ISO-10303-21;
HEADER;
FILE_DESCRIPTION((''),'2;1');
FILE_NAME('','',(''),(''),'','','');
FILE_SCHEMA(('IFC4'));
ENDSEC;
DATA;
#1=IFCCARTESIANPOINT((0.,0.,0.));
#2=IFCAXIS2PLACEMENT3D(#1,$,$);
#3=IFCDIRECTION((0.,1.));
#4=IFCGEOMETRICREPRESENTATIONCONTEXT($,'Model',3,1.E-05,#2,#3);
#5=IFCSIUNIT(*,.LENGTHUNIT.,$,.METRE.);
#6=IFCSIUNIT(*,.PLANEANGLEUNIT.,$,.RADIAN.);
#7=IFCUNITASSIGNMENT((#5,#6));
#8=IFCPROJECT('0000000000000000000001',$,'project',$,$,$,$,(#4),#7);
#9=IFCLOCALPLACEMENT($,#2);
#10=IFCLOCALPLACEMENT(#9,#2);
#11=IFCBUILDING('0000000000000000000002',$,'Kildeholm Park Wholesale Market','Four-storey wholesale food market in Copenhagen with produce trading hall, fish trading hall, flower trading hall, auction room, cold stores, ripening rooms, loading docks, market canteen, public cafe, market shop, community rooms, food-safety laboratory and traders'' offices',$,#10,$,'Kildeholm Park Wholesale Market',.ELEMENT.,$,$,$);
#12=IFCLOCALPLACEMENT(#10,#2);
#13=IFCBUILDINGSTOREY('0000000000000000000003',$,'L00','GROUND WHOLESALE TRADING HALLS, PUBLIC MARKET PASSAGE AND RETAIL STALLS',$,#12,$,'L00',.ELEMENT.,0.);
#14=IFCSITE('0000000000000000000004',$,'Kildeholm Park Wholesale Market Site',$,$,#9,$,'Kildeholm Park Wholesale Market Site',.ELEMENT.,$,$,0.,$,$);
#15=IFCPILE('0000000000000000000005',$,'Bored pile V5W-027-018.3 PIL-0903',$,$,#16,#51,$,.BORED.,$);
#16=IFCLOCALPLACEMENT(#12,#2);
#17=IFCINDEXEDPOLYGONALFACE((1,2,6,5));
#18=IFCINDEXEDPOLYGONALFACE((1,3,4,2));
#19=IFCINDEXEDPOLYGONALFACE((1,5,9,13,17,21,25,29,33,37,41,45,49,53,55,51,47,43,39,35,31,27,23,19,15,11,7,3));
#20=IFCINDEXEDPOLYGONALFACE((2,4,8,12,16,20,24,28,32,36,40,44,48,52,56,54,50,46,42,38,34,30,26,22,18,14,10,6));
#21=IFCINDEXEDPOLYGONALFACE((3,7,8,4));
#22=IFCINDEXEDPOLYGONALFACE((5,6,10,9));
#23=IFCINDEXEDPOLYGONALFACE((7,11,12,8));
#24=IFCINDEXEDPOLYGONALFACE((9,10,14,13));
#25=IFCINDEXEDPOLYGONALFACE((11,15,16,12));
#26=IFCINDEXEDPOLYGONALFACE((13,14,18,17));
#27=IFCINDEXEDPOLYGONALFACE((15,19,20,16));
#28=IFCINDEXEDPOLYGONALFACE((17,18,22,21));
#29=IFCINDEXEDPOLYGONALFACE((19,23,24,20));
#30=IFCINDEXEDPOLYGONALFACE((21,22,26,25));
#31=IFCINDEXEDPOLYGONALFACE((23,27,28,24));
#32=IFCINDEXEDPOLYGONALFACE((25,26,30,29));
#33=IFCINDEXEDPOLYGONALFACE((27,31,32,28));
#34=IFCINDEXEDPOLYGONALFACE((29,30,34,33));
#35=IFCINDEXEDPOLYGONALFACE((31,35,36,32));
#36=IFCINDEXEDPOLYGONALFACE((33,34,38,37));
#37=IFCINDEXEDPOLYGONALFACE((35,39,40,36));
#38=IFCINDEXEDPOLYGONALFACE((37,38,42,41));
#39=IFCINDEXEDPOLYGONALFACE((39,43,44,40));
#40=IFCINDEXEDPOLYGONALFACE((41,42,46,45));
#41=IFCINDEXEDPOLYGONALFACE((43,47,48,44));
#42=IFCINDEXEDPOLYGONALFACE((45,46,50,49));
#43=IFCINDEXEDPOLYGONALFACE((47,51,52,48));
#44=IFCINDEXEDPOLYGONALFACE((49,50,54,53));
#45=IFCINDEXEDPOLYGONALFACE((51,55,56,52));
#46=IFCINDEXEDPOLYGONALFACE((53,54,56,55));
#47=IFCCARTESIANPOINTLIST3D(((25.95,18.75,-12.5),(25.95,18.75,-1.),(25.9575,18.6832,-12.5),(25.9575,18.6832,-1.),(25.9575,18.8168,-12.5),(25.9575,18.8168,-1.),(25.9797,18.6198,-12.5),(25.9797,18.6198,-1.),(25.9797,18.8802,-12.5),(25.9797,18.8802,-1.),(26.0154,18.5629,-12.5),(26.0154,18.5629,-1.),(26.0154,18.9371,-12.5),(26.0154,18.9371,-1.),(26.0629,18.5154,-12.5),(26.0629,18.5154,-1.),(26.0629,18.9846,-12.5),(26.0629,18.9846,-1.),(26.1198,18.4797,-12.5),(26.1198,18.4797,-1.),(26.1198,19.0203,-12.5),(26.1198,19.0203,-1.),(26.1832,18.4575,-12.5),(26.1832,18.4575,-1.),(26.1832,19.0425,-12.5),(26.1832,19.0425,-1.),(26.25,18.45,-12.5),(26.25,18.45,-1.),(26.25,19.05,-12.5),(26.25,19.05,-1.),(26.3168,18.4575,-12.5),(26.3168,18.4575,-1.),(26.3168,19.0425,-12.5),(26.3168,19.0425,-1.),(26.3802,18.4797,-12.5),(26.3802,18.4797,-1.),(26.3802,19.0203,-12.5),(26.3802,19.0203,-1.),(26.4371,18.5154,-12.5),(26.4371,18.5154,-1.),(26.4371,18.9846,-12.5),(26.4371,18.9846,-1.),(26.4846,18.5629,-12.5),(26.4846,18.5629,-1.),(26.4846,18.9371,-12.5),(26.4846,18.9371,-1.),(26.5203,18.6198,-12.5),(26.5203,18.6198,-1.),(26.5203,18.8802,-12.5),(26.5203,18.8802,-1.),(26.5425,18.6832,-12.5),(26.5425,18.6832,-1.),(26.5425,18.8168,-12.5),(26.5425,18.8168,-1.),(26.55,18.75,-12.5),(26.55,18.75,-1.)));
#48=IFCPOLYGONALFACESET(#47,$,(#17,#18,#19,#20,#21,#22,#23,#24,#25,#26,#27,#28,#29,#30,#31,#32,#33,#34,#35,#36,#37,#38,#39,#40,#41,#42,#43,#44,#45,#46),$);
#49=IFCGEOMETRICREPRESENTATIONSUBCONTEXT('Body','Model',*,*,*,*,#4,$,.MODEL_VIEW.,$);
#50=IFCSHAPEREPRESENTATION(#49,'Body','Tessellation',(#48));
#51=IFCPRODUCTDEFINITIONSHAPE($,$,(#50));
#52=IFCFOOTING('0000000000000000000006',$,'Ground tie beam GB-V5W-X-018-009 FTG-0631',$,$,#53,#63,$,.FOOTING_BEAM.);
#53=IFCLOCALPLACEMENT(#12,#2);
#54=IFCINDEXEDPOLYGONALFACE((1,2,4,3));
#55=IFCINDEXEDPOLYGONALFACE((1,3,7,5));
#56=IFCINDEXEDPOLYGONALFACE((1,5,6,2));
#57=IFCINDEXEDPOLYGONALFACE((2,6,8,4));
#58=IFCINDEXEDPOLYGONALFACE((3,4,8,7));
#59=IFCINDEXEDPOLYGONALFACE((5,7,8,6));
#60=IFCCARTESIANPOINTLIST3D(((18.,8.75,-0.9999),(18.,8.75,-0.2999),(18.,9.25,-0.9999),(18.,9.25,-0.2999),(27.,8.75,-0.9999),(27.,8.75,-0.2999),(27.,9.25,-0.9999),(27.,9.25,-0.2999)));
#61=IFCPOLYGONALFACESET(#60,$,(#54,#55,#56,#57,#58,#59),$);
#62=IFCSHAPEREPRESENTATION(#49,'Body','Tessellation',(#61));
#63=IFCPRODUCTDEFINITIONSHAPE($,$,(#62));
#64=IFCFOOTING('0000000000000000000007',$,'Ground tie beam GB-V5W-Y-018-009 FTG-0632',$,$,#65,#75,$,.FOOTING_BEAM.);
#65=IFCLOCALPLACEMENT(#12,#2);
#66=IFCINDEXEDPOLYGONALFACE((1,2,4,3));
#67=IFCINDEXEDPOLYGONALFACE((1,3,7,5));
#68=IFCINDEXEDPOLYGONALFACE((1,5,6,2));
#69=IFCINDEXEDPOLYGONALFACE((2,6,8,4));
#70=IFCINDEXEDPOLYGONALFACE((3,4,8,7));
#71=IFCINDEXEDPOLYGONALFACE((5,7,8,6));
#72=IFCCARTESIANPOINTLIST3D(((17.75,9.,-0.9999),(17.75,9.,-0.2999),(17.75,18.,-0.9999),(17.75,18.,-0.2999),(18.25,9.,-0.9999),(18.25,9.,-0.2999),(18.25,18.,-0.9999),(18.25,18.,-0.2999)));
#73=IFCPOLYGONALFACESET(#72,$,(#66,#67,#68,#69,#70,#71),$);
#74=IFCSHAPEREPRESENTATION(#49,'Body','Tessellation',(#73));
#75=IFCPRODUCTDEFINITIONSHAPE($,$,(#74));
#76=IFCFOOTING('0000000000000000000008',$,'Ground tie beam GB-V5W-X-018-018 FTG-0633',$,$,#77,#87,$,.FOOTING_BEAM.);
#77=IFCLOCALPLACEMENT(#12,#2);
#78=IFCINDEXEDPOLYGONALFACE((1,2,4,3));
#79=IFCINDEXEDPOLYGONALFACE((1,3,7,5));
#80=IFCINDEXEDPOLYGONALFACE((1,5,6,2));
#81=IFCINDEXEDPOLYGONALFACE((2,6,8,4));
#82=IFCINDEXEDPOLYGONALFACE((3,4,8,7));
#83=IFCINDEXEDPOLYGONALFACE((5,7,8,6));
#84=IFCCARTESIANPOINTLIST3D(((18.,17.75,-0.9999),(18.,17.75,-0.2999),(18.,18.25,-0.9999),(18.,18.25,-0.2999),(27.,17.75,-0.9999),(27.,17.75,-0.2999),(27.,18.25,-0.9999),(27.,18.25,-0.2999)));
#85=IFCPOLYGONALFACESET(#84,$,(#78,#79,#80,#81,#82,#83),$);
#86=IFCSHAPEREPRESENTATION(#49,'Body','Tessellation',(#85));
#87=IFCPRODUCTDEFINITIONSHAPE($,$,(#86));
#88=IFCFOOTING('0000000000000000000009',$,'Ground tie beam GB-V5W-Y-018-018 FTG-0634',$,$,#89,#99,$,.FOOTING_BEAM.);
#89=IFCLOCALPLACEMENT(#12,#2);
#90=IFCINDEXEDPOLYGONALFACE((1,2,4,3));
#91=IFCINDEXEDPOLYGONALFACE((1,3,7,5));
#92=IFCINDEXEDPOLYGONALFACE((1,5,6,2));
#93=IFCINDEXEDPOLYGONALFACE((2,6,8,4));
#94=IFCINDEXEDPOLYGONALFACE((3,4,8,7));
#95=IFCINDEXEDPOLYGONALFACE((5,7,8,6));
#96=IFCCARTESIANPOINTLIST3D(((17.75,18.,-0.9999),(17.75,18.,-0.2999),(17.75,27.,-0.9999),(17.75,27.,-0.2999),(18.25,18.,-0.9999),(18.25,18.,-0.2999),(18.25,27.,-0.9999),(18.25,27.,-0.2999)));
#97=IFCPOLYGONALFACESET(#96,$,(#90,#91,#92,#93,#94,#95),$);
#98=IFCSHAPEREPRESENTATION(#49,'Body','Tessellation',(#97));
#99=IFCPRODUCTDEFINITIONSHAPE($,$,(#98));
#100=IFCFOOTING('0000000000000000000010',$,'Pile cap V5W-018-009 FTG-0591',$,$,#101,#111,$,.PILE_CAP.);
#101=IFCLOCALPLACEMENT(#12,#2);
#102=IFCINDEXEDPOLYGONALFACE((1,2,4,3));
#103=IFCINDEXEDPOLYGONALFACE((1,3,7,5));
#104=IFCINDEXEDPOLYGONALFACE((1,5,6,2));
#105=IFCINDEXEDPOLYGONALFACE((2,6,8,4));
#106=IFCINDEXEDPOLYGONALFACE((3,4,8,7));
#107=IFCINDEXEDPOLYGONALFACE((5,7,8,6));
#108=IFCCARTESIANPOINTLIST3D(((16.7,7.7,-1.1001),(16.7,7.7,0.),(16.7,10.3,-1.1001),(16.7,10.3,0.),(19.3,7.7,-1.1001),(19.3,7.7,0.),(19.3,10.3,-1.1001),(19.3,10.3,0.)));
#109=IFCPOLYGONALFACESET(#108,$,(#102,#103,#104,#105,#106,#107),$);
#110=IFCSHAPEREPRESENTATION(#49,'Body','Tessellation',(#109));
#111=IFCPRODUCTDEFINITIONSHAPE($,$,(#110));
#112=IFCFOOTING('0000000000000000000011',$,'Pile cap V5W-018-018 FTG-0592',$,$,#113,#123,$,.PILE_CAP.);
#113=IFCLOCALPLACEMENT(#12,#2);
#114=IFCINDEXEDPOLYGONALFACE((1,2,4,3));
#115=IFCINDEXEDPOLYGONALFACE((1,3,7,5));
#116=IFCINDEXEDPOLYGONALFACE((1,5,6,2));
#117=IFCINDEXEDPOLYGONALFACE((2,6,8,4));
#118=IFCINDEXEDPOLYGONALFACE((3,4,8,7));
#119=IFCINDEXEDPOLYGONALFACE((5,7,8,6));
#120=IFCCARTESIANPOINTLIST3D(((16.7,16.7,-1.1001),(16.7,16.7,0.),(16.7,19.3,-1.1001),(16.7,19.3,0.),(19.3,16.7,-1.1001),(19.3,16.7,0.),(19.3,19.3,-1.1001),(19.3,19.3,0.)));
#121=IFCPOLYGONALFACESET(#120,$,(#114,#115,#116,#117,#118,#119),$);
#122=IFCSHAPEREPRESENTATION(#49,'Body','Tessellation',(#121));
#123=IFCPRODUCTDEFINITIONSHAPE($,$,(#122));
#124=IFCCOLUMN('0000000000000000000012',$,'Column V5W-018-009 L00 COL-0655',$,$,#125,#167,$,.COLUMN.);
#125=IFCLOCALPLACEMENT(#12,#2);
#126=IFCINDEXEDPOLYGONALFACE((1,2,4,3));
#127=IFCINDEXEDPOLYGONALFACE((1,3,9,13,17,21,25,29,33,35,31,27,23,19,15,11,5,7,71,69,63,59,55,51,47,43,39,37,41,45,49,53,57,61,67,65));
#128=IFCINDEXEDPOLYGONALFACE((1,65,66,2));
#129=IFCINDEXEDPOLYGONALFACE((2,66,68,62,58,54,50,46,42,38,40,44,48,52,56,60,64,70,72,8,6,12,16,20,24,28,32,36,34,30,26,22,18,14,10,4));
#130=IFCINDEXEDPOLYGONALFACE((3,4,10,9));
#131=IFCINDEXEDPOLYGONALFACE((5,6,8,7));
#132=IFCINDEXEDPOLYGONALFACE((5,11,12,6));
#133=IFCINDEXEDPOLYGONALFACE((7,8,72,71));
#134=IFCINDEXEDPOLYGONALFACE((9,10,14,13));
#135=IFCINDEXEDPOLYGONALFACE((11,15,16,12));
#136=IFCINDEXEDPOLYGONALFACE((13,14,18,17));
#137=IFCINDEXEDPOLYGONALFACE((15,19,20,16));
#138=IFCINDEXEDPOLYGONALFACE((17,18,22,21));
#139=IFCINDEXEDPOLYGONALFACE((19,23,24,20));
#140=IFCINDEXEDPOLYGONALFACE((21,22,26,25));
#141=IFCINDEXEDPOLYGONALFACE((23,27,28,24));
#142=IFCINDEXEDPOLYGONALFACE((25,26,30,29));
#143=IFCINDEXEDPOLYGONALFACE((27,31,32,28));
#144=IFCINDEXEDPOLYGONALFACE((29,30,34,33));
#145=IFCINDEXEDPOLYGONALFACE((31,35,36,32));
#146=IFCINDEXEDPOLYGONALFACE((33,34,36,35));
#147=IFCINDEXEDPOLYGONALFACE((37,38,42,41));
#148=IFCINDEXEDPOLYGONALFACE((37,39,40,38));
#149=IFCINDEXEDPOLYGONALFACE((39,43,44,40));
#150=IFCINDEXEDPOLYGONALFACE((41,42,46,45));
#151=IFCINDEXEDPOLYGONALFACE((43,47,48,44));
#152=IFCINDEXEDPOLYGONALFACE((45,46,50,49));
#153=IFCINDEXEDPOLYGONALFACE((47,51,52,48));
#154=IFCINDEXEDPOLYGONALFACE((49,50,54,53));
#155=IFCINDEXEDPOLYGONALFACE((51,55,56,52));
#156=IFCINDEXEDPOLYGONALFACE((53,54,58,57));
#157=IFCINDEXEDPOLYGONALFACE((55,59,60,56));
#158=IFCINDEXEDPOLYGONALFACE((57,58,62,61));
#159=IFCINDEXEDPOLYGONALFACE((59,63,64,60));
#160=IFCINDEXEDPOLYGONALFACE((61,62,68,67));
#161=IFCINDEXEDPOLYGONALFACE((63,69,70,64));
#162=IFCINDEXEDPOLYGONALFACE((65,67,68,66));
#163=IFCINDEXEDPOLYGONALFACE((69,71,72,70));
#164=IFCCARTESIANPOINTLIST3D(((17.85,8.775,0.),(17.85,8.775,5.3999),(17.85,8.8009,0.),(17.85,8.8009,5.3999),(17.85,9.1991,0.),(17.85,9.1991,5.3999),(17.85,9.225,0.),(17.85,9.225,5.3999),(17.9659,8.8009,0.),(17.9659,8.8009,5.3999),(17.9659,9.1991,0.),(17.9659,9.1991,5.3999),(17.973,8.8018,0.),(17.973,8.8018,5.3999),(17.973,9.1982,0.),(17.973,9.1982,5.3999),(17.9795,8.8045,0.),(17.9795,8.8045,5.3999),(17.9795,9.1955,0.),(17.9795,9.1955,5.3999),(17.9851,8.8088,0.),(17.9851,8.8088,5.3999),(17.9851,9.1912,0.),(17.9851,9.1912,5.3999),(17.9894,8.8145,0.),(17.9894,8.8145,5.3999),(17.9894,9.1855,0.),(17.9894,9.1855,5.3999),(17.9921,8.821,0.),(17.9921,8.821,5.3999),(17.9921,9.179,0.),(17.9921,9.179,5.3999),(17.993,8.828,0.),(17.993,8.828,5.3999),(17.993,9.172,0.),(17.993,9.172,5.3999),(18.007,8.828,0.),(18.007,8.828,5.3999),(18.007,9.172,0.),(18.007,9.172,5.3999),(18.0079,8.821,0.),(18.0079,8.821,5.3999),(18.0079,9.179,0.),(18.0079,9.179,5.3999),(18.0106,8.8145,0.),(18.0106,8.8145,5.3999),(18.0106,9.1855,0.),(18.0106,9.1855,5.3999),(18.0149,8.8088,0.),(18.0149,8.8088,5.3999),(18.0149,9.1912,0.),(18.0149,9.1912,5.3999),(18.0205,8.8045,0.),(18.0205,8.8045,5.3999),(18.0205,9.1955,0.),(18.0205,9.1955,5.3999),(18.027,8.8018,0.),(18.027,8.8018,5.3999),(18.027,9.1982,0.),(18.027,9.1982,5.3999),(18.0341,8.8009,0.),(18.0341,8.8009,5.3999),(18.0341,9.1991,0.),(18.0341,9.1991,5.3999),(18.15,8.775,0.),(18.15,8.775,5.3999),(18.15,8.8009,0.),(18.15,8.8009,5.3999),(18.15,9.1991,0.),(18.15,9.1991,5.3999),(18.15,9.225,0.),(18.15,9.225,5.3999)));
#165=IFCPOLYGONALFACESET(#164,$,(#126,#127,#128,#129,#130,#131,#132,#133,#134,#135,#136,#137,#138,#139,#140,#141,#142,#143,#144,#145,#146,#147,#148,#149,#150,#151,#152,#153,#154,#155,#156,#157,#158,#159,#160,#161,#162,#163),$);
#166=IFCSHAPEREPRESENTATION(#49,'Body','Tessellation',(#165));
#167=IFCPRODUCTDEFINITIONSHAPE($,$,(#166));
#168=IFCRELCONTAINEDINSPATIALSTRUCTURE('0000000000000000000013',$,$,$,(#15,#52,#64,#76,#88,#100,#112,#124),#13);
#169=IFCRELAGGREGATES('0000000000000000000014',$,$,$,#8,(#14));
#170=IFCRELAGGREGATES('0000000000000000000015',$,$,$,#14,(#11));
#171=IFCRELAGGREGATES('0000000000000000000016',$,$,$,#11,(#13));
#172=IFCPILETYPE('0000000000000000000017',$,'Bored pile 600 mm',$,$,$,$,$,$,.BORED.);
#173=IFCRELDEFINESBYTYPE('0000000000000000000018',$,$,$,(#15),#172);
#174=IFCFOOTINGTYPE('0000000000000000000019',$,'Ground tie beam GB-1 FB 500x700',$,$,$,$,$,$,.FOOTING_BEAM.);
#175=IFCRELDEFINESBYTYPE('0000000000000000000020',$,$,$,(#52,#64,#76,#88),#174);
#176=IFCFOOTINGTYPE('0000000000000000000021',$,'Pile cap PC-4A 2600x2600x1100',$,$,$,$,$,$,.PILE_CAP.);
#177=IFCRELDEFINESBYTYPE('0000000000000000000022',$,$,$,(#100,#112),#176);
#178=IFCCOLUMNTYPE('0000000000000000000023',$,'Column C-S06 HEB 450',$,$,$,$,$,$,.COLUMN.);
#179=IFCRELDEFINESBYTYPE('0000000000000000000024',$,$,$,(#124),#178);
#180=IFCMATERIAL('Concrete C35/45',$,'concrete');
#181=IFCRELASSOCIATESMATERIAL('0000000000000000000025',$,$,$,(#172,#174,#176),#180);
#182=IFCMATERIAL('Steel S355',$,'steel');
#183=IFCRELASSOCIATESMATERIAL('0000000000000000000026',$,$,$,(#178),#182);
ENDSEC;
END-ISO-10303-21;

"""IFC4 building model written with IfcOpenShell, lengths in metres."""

from ifc_helpers import new_model, si_unit, direction, frame, origin, origin_2d, place, context, subcontext, project, spatial, rectangle, circle, i_section, extrude, material, material_profile, profile_set, type_object, element, save


model = new_model("IFC4")

# Units and contexts
model_context = context("Model", 3, precision=1e-05, world=origin(), true_north=direction((0.0, 1.0)))
body_context = subcontext(model_context, "Body", "Model", "MODEL_VIEW")
ifc_project = project(units=[si_unit("LENGTHUNIT", "METRE"), si_unit("PLANEANGLEUNIT", "RADIAN")], contexts=[model_context])

# Site, building, storey
site_placement = place(None, origin())
site = spatial("IfcSite", under=ifc_project, at=site_placement, Name="Kildeholm Park Wholesale Market Site", LongName="Kildeholm Park Wholesale Market Site", CompositionType="ELEMENT", RefElevation=0.0)
building_placement = place(site_placement, origin())
building = spatial("IfcBuilding", under=site, at=building_placement, Name="Kildeholm Park Wholesale Market", Description="Four-storey wholesale food market in Copenhagen with produce trading hall, fish trading hall, flower trading hall, auction room, cold stores, ripening rooms, loading docks, market canteen, public cafe, market shop, community rooms, food-safety laboratory and traders' offices", LongName="Kildeholm Park Wholesale Market", CompositionType="ELEMENT")
storey_placement = place(building_placement, origin())
storey = spatial("IfcBuildingStorey", under=building, at=storey_placement, Name="L00", Description="GROUND WHOLESALE TRADING HALLS, PUBLIC MARKET PASSAGE AND RETAIL STALLS", LongName="L00", CompositionType="ELEMENT", Elevation=0.0)

# Pile
ifc_material_1 = material(Name="Concrete C35/45", Category="concrete")
ifc_material_profile_1 = material_profile(ifc_material_1, circle(Radius=0.3, at=origin_2d()), Name="PILE D600")
ifc_profile_set_1 = profile_set([ifc_material_profile_1], Name="Concrete C35/45")
pile_type = type_object("IfcPileType", Name="Bored pile 600 mm", PredefinedType="BORED", material=ifc_profile_set_1)
for number, where, z_axis, x_axis, name in (
    (1, (26.25, 18.75, -1.0), (0.0, 0.0, -1.0), (1.0, 0.0, 0.0), "Bored pile V5W-027-018.3 PIL-0903"),
):
    element("IfcPile", number, at=place(storey_placement, frame(where, z_axis=z_axis, x_axis=x_axis)), inside=storey, type_object=pile_type, Name=name, PredefinedType="BORED", context=body_context, shape_type="SweptSolid", body=[
        extrude(circle(Radius=0.3, at=origin_2d()), origin(), (0.0, 0.0, 1.0), 11.5),
    ])

# Footings
ifc_material_profile_2 = material_profile(ifc_material_1, rectangle(XDim=0.5, YDim=0.7, at=origin_2d()), Name="FB 500x700")
ifc_profile_set_2 = profile_set([ifc_material_profile_2], Name="Concrete C35/45")
footing_type_1 = type_object("IfcFootingType", Name="Ground tie beam GB-1 FB 500x700", PredefinedType="FOOTING_BEAM", material=ifc_profile_set_2)
for number, where, z_axis, x_axis, name in (
    (2, (18.0, 9.0, -0.6499), (1.0, 0.0, 0.0), (0.0, 1.0, 0.0), "Ground tie beam GB-V5W-X-018-009 FTG-0631"),
    (3, (18.0, 9.0, -0.6499), (0.0, 1.0, 0.0), (-1.0, 0.0, 0.0), "Ground tie beam GB-V5W-Y-018-009 FTG-0632"),
    (4, (18.0, 18.0, -0.6499), (1.0, 0.0, 0.0), (0.0, 1.0, 0.0), "Ground tie beam GB-V5W-X-018-018 FTG-0633"),
    (5, (18.0, 18.0, -0.6499), (0.0, 1.0, 0.0), (-1.0, 0.0, 0.0), "Ground tie beam GB-V5W-Y-018-018 FTG-0634"),
):
    element("IfcFooting", number, at=place(storey_placement, frame(where, z_axis=z_axis, x_axis=x_axis)), inside=storey, type_object=footing_type_1, Name=name, PredefinedType="FOOTING_BEAM", context=body_context, shape_type="SweptSolid", body=[
        extrude(rectangle(XDim=0.5, YDim=0.7, at=origin_2d()), origin(), (0.0, 0.0, 1.0), 9.0),
    ])
footing_type_2 = type_object("IfcFootingType", Name="Pile cap PC-4A 2600x2600x1100", PredefinedType="PILE_CAP", material=ifc_material_1)
for number, where, z_axis, x_axis, name in (
    (6, (18.0, 9.0, -1.1001), (0.0, 0.0, 1.0), (1.0, 0.0, 0.0), "Pile cap V5W-018-009 FTG-0591"),
    (7, (18.0, 18.0, -1.1001), (0.0, 0.0, 1.0), (1.0, 0.0, 0.0), "Pile cap V5W-018-018 FTG-0592"),
):
    element("IfcFooting", number, at=place(storey_placement, frame(where, z_axis=z_axis, x_axis=x_axis)), inside=storey, type_object=footing_type_2, Name=name, PredefinedType="PILE_CAP", context=body_context, shape_type="SweptSolid", body=[
        extrude(rectangle(XDim=2.6001, YDim=2.6001, at=origin_2d()), origin(), (0.0, 0.0, 1.0), 1.1001),
    ])

# Column
ifc_material_2 = material(Name="Steel S355", Category="steel")
ifc_material_profile_3 = material_profile(ifc_material_2, i_section(OverallWidth=0.3, OverallDepth=0.45, WebThickness=0.0139, FlangeThickness=0.0259, FilletRadius=0.0271, at=origin_2d()), Name="HEB 450")
ifc_profile_set_3 = profile_set([ifc_material_profile_3], Name="Steel S355")
column_type = type_object("IfcColumnType", Name="Column C-S06 HEB 450", PredefinedType="COLUMN", material=ifc_profile_set_3)
for number, where, z_axis, x_axis, name in (
    (8, (18.0, 9.0, 0.0), (0.0, 0.0, 1.0), (1.0, 0.0, 0.0), "Column V5W-018-009 L00 COL-0655"),
):
    element("IfcColumn", number, at=place(storey_placement, frame(where, z_axis=z_axis, x_axis=x_axis)), inside=storey, type_object=column_type, Name=name, PredefinedType="COLUMN", context=body_context, shape_type="SweptSolid", body=[
        extrude(i_section(OverallWidth=0.3, OverallDepth=0.45, WebThickness=0.0139, FlangeThickness=0.0259, FilletRadius=0.0271, at=origin_2d()), origin(), (0.0, 0.0, 1.0), 5.3999),
    ])

save(model, "model.ifc")
